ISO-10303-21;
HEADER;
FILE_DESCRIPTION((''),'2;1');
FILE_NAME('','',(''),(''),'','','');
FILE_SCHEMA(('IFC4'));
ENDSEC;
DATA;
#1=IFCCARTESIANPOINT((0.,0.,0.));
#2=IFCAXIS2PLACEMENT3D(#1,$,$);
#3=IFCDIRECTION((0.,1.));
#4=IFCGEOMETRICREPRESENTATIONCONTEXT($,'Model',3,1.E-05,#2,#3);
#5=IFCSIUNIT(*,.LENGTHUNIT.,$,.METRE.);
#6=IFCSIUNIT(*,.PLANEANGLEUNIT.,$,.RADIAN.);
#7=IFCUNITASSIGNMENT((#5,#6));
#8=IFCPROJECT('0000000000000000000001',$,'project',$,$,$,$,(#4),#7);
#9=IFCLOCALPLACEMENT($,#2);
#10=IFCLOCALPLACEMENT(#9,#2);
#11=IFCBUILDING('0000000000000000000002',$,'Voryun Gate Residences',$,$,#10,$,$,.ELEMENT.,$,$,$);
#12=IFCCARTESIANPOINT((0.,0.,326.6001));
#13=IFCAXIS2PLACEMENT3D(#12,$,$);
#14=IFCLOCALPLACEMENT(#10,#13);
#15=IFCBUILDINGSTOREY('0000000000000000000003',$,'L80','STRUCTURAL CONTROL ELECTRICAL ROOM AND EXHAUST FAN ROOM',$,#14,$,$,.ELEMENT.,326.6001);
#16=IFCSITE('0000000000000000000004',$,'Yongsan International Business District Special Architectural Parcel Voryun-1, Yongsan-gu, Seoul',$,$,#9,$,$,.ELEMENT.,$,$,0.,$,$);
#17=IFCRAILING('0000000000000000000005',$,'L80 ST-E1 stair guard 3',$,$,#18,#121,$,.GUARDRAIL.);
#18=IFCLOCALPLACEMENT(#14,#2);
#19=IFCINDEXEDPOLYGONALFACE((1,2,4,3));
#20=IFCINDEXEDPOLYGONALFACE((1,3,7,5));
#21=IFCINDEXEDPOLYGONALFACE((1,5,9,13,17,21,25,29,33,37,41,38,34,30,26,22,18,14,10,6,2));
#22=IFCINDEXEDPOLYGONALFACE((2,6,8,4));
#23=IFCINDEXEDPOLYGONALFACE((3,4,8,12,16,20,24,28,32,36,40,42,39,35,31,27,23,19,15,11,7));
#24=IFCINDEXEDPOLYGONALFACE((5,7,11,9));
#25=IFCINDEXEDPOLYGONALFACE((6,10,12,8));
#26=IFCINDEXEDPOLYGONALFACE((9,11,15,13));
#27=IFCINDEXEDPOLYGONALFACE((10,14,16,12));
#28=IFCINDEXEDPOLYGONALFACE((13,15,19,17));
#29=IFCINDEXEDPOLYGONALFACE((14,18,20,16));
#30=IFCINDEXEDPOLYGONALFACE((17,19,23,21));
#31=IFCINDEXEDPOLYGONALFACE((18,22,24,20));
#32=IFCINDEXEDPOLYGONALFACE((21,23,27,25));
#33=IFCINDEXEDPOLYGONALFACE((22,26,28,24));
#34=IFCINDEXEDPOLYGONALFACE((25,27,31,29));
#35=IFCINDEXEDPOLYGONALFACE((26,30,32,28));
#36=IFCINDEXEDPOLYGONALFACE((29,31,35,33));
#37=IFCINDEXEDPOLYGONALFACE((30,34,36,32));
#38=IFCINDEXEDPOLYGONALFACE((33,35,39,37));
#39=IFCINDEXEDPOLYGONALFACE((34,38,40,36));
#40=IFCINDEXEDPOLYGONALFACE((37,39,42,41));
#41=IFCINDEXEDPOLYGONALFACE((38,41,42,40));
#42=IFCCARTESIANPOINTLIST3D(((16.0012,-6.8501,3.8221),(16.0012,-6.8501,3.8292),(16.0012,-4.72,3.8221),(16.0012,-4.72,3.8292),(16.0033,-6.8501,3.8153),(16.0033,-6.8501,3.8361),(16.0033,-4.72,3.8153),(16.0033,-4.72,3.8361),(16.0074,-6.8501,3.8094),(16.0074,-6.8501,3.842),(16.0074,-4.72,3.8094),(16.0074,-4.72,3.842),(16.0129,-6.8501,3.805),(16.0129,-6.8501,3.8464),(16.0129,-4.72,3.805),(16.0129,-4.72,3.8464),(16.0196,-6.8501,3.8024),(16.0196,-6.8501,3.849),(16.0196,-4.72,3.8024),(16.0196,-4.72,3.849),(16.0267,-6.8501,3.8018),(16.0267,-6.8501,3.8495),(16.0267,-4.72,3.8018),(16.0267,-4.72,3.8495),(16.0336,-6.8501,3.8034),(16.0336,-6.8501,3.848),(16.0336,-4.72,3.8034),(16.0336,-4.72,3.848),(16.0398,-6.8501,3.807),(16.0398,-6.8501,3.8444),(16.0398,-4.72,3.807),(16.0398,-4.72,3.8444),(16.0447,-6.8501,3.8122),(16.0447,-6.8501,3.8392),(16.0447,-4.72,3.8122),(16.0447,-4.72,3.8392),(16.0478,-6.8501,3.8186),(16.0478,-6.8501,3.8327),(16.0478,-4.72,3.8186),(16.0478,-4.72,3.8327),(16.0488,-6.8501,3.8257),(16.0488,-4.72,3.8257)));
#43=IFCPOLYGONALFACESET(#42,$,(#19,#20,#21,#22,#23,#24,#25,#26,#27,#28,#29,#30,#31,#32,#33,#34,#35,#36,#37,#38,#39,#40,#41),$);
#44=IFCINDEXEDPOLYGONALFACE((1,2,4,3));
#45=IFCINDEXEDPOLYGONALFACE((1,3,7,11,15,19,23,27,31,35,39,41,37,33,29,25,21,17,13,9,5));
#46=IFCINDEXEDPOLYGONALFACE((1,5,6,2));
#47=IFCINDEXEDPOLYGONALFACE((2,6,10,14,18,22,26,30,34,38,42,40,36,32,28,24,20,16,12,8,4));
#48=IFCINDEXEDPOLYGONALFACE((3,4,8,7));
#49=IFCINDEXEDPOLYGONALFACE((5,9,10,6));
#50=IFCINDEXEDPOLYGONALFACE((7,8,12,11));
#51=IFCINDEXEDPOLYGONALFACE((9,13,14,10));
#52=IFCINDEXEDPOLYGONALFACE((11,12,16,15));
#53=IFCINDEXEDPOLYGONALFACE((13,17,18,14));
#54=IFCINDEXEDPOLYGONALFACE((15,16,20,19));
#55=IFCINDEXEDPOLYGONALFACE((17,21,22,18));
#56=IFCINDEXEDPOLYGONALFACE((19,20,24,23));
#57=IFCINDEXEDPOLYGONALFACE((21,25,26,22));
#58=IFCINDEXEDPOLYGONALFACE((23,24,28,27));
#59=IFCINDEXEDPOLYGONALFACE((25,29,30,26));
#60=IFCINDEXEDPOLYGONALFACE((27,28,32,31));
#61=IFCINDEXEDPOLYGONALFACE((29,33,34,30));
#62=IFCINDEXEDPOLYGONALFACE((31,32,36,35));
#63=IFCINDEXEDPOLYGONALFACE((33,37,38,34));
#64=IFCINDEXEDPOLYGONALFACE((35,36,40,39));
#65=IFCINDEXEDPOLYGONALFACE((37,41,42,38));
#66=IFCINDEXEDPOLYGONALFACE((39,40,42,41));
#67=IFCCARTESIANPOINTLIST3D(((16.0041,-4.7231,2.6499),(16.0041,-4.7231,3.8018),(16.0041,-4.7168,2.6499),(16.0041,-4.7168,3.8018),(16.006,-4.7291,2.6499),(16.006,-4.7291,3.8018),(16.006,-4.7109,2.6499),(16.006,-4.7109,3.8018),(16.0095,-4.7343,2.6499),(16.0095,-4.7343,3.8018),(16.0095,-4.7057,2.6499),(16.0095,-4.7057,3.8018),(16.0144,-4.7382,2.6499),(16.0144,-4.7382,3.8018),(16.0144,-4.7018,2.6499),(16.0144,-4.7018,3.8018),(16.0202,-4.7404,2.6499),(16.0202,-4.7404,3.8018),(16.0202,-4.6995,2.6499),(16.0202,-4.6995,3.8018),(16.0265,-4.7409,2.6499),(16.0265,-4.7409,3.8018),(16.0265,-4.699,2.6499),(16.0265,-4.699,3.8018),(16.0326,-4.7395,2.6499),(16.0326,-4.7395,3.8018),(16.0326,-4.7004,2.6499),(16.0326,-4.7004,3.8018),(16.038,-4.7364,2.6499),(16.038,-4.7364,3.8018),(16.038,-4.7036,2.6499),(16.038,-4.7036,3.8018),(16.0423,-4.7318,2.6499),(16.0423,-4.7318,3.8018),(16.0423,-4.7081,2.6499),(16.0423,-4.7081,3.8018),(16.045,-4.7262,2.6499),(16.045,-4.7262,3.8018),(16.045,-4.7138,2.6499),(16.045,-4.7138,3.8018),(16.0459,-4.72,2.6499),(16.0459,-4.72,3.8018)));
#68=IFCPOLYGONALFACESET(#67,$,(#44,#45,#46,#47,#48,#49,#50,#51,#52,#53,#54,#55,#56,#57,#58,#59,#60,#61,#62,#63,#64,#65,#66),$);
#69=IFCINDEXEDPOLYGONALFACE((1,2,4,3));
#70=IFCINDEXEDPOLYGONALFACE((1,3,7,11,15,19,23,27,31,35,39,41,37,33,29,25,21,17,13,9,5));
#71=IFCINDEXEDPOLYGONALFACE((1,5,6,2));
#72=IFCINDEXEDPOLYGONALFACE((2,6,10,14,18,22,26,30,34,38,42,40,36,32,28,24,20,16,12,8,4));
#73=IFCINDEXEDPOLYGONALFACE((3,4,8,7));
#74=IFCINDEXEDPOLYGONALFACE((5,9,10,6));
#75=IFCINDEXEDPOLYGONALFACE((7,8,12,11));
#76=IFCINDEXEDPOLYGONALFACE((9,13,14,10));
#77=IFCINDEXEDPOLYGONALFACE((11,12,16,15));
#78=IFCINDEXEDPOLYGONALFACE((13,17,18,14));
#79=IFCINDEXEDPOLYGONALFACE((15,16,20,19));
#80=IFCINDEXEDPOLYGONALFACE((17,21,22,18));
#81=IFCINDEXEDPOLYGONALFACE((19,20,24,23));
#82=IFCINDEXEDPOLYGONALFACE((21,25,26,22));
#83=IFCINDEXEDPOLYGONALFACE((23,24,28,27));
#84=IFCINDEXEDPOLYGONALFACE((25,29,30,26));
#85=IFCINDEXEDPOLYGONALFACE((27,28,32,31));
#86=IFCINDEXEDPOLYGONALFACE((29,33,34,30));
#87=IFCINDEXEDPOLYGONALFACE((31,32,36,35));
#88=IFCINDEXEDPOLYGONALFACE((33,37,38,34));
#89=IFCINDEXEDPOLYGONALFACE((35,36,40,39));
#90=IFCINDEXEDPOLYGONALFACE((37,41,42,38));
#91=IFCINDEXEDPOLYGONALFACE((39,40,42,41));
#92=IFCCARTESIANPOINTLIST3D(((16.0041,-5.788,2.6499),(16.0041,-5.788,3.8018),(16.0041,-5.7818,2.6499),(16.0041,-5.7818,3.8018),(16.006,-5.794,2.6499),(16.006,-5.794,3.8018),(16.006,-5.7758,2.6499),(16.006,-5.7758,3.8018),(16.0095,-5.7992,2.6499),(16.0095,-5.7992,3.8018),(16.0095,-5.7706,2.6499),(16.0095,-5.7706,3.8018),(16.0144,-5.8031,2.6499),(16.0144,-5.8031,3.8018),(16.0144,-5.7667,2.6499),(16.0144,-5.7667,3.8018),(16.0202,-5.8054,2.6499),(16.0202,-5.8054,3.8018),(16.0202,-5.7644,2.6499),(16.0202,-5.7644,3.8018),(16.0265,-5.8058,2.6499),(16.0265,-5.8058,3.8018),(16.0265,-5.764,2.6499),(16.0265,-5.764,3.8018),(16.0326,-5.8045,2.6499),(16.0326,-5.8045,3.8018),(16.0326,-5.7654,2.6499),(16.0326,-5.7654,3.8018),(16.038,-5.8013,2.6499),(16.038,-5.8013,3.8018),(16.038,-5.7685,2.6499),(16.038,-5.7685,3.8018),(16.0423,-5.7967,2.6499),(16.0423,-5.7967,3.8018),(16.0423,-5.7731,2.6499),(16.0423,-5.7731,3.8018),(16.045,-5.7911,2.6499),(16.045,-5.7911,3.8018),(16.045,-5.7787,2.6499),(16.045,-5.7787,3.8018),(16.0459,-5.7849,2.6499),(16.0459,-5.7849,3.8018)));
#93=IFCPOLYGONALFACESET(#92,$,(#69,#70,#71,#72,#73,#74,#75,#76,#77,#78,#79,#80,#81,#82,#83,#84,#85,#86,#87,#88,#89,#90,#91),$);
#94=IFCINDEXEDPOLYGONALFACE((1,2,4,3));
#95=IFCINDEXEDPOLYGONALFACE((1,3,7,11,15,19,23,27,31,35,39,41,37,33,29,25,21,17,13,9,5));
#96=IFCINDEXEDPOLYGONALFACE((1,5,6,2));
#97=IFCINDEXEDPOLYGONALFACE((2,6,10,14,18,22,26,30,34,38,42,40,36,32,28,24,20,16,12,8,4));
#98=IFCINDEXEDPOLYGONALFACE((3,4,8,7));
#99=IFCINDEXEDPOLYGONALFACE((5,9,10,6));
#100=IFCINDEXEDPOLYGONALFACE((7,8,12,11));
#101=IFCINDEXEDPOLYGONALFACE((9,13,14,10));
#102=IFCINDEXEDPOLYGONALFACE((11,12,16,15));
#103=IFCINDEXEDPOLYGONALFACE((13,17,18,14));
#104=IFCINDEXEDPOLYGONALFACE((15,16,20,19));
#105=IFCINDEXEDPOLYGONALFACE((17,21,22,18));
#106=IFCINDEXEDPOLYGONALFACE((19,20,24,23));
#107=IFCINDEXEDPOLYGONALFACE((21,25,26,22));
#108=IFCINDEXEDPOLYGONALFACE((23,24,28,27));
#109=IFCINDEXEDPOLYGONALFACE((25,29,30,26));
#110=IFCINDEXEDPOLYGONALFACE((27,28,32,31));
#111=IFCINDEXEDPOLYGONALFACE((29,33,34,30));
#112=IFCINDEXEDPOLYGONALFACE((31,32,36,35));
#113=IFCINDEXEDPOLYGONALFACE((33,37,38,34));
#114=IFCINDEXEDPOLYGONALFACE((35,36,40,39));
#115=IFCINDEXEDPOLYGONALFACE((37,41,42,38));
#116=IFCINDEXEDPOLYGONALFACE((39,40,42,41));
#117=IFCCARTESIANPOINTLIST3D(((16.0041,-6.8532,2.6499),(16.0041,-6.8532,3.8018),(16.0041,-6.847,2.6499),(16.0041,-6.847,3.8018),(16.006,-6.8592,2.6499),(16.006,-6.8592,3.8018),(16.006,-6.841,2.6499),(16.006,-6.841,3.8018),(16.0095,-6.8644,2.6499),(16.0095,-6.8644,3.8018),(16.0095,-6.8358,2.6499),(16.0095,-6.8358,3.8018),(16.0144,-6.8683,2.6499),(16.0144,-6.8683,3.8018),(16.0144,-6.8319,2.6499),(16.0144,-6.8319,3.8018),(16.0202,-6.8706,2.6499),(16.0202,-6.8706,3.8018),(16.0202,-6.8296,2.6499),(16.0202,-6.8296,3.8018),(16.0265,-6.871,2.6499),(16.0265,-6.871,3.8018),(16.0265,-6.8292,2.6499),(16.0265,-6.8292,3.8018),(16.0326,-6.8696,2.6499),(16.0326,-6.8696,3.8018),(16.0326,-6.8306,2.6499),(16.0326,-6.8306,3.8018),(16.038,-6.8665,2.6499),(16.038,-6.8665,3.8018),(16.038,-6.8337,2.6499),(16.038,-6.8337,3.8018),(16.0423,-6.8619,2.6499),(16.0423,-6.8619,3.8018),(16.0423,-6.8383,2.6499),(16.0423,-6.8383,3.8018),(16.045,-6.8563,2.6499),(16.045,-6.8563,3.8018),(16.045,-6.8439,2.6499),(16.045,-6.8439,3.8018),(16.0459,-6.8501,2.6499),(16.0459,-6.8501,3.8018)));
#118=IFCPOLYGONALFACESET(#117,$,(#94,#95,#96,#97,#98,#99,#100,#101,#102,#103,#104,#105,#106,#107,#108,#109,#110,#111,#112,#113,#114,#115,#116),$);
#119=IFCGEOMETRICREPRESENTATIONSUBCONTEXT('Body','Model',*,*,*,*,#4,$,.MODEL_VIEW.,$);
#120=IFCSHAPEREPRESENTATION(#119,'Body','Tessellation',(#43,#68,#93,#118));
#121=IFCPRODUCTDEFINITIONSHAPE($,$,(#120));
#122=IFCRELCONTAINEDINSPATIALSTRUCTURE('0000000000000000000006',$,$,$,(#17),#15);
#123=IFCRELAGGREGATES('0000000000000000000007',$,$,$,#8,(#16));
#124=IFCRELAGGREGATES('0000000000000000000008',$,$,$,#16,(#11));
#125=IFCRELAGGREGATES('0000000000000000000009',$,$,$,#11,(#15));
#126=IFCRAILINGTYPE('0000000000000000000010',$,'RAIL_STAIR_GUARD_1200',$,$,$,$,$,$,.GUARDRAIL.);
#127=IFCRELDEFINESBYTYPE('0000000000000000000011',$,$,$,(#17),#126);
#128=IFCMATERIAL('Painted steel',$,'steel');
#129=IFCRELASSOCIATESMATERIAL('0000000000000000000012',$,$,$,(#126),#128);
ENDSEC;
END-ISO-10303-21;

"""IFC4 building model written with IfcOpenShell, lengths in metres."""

from ifc_helpers import new_model, si_unit, direction, frame, origin, origin_2d, place, context, subcontext, project, spatial, circle, extrude, material, type_object, element, save


model = new_model("IFC4")

# Units and contexts
model_context = context("Model", 3, precision=1e-05, world=origin(), true_north=direction((0.0, 1.0)))
body_context = subcontext(model_context, "Body", "Model", "MODEL_VIEW")
ifc_project = project(units=[si_unit("LENGTHUNIT", "METRE"), si_unit("PLANEANGLEUNIT", "RADIAN")], contexts=[model_context])

# Site, building, storey
site_placement = place(None, origin())
site = spatial("IfcSite", under=ifc_project, at=site_placement, Name="Yongsan International Business District Special Architectural Parcel Voryun-1, Yongsan-gu, Seoul", CompositionType="ELEMENT", RefElevation=0.0)
building_placement = place(site_placement, origin())
building = spatial("IfcBuilding", under=site, at=building_placement, Name="Voryun Gate Residences", CompositionType="ELEMENT")
storey_placement = place(building_placement, frame((0.0, 0.0, 326.6001)))
storey = spatial("IfcBuildingStorey", under=building, at=storey_placement, Name="L80", Description="STRUCTURAL CONTROL ELECTRICAL ROOM AND EXHAUST FAN ROOM", CompositionType="ELEMENT", Elevation=326.6001)

# Railing
ifc_material_1 = material(Name="Painted steel", Category="steel")
railing_type = type_object("IfcRailingType", Name="RAIL_STAIR_GUARD_1200", PredefinedType="GUARDRAIL", material=ifc_material_1)
railing_1_placement = place(storey_placement, frame((16.0249, -4.72, 2.6499)))
element("IfcRailing", 1, at=railing_1_placement, inside=storey, type_object=railing_type, Name="L80 ST-E1 stair guard 3", PredefinedType="GUARDRAIL", context=body_context, shape_type="SweptSolid", body=[
    extrude(circle(Radius=0.0239, at=origin_2d()), frame((0.0, 0.0, 1.1758), z_axis=(0.0, -1.0, 0.0), x_axis=(1.0, 0.0, 0.0)), (0.0, 0.0, 1.0), 2.1301),
    extrude(circle(Radius=0.021, at=origin_2d()), origin(), (0.0, 0.0, 1.0), 1.1519),
    extrude(circle(Radius=0.021, at=origin_2d()), frame((0.0, -1.0649, 0.0)), (0.0, 0.0, 1.0), 1.1519),
    extrude(circle(Radius=0.021, at=origin_2d()), frame((0.0, -2.1301, 0.0)), (0.0, 0.0, 1.0), 1.1519),
])

save(model, "model.ifc")
